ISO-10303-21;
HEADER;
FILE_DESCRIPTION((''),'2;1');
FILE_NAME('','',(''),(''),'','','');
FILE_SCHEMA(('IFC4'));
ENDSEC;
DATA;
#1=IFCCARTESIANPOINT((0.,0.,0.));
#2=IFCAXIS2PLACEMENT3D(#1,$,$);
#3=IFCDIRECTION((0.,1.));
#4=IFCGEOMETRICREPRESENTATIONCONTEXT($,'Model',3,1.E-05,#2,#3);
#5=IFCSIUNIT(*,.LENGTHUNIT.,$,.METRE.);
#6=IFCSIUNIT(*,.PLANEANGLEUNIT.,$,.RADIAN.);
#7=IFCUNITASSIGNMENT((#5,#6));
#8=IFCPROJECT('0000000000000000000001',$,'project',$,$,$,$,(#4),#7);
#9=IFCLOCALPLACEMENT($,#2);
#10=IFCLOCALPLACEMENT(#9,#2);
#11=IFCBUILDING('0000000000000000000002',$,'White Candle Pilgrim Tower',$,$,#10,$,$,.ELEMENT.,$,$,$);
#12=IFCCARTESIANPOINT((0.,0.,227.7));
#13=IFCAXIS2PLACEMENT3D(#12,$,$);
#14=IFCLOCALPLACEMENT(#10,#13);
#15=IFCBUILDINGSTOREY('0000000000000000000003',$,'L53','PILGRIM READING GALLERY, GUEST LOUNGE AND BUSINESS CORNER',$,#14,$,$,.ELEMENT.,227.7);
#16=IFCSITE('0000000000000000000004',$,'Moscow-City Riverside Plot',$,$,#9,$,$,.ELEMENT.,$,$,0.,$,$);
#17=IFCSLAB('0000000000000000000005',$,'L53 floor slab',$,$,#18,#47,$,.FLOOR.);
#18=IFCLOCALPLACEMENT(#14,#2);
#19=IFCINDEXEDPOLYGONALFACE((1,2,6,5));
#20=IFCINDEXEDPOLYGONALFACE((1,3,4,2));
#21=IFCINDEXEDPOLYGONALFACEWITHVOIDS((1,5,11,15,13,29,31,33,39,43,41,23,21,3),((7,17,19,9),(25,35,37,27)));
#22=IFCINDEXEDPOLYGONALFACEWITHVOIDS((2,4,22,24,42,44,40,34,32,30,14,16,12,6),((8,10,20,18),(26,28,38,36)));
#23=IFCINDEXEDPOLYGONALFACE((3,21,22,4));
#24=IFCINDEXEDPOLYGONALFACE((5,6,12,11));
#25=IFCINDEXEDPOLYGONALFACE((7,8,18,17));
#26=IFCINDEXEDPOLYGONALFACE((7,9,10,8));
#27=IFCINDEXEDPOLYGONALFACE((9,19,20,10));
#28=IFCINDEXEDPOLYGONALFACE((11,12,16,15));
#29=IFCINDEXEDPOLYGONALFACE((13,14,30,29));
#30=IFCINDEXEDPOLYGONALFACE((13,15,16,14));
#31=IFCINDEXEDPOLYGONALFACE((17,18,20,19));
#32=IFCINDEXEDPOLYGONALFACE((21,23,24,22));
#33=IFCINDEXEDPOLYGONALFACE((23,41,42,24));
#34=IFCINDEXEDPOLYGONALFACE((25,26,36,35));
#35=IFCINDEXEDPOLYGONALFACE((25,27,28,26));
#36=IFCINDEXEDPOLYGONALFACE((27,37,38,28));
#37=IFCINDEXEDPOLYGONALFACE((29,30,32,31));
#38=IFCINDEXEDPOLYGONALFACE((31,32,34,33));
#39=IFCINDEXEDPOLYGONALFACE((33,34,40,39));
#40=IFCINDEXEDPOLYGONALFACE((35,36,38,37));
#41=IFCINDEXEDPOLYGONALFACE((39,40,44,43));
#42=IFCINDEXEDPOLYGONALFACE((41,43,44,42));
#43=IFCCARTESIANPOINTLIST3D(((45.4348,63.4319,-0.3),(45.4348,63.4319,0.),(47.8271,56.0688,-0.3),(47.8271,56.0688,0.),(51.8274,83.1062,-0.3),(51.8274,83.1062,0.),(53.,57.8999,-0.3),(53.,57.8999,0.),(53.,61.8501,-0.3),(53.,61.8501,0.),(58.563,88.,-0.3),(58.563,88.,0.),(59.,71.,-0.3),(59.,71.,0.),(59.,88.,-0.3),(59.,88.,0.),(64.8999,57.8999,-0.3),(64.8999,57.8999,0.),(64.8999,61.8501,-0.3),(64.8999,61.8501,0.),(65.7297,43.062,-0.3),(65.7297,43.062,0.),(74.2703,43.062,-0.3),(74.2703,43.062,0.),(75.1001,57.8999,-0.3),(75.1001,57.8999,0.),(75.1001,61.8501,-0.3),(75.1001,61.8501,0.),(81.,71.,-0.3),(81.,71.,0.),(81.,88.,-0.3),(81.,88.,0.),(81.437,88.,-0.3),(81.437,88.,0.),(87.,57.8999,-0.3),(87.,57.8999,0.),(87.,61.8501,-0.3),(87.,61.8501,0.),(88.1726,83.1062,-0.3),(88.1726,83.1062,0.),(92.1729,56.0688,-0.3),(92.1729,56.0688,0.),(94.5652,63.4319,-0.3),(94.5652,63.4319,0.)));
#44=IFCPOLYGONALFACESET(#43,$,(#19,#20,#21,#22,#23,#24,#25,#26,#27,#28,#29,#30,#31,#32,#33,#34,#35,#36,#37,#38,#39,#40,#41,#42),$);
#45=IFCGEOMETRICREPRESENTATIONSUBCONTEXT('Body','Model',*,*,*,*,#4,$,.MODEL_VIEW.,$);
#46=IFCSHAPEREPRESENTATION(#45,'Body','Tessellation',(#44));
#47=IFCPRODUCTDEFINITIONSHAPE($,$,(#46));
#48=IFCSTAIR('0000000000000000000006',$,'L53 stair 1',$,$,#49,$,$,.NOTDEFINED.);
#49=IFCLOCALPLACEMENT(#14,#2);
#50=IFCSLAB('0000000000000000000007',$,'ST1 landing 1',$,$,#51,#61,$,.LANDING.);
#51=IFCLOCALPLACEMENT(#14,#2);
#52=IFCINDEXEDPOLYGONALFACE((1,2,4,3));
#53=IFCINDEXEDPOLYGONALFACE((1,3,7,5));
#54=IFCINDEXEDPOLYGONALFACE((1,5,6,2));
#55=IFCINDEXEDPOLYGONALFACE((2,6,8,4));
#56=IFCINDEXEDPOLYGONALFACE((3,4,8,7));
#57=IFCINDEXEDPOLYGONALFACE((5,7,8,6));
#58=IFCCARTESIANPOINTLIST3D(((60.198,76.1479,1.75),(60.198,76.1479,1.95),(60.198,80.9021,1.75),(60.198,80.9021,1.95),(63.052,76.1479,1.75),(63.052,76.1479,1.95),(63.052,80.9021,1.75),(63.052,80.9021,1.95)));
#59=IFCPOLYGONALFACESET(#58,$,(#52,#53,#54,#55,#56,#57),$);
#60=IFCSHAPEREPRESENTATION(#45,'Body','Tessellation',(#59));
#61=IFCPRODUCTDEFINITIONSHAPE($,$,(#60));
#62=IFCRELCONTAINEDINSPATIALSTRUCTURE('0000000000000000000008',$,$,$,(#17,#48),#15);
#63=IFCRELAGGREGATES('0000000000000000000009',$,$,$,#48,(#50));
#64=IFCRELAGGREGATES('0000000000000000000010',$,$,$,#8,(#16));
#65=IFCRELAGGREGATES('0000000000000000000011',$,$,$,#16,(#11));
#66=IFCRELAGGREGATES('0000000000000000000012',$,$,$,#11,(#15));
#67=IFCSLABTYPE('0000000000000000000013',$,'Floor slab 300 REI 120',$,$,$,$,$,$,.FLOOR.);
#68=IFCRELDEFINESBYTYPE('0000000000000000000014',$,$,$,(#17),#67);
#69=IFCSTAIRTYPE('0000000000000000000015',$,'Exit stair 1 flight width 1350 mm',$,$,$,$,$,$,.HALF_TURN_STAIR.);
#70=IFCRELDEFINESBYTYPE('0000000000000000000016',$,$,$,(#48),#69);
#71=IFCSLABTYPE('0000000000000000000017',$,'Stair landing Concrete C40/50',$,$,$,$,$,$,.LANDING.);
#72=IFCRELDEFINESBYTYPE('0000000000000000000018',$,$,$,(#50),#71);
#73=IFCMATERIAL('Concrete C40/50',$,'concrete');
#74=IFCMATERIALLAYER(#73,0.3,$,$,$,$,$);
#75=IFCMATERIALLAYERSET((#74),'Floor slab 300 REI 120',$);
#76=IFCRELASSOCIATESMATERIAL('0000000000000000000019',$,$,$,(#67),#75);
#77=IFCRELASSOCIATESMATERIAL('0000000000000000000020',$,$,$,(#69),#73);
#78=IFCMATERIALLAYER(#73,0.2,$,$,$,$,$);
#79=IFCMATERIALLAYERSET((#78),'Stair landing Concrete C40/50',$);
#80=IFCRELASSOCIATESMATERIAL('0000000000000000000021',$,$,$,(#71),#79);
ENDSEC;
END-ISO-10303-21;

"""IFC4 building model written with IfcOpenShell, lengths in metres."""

from ifc_helpers import new_model, si_unit, direction, frame, origin, place, context, subcontext, project, spatial, polyline, outline, extrude, material, layer, layer_set, type_object, element, aggregate, save


model = new_model("IFC4")

# Units and contexts
model_context = context("Model", 3, precision=1e-05, world=origin(), true_north=direction((0.0, 1.0)))
body_context = subcontext(model_context, "Body", "Model", "MODEL_VIEW")
ifc_project = project(units=[si_unit("LENGTHUNIT", "METRE"), si_unit("PLANEANGLEUNIT", "RADIAN")], contexts=[model_context])

# Site, building, storey
site_placement = place(None, origin())
site = spatial("IfcSite", under=ifc_project, at=site_placement, Name="Moscow-City Riverside Plot", CompositionType="ELEMENT", RefElevation=0.0)
building_placement = place(site_placement, origin())
building = spatial("IfcBuilding", under=site, at=building_placement, Name="White Candle Pilgrim Tower", CompositionType="ELEMENT")
storey_placement = place(building_placement, frame((0.0, 0.0, 227.7)))
storey = spatial("IfcBuildingStorey", under=building, at=storey_placement, Name="L53", Description="PILGRIM READING GALLERY, GUEST LOUNGE AND BUSINESS CORNER", CompositionType="ELEMENT", Elevation=227.7)

# Slab
ifc_material = material(Name="Concrete C40/50", Category="concrete")
ifc_layer_1 = layer(ifc_material, 0.3)
ifc_layer_set_1 = layer_set([ifc_layer_1], Name="Floor slab 300 REI 120")
slab_type_1 = type_object("IfcSlabType", Name="Floor slab 300 REI 120", PredefinedType="FLOOR", material=ifc_layer_set_1)
slab_1_placement = place(storey_placement, frame((0.0, 0.0, -0.3)))
element("IfcSlab", 1, at=slab_1_placement, inside=storey, type_object=slab_type_1, Name="L53 floor slab", PredefinedType="FLOOR", context=body_context, shape_type="SweptSolid", body=[
    extrude(outline(polyline([(65.7297, 43.062), (74.2703, 43.062), (92.1729, 56.0688), (94.5652, 63.4319), (88.1726, 83.1062), (81.437, 88.0), (81.0, 88.0), (81.0, 71.0), (59.0, 71.0), (59.0, 88.0), (58.563, 88.0), (51.8274, 83.1062), (45.4348, 63.4319), (47.8271, 56.0688), (65.7297, 43.062)]), holes=[polyline([(53.0, 57.8999), (53.0, 61.8501), (64.8999, 61.8501), (64.8999, 57.8999), (53.0, 57.8999)]), polyline([(75.1001, 57.8999), (75.1001, 61.8501), (87.0, 61.8501), (87.0, 57.8999), (75.1001, 57.8999)])]), origin(), (0.0, 0.0, 1.0), 0.3),
])

# Stair, slab
stair_type = type_object("IfcStairType", Name="Exit stair 1 flight width 1350 mm", PredefinedType="HALF_TURN_STAIR", material=ifc_material)
stair_placement = place(storey_placement, origin())
stair = element("IfcStair", 2, at=stair_placement, inside=storey, type_object=stair_type, Name="L53 stair 1", PredefinedType="NOTDEFINED")
ifc_layer_2 = layer(ifc_material, 0.2)
ifc_layer_set_2 = layer_set([ifc_layer_2], Name="Stair landing Concrete C40/50")
slab_type_2 = type_object("IfcSlabType", Name="Stair landing Concrete C40/50", PredefinedType="LANDING", material=ifc_layer_set_2)
slab_2_placement = place(storey_placement, frame((0.0, 0.0, 1.75)))
slab_2 = element("IfcSlab", 3, at=slab_2_placement, type_object=slab_type_2, Name="ST1 landing 1", PredefinedType="LANDING", context=body_context, shape_type="SweptSolid", body=[
    extrude(outline(polyline([(63.052, 76.1479), (60.198, 76.1479), (60.198, 80.9021), (63.052, 80.9021), (63.052, 76.1479)])), origin(), (0.0, 0.0, 1.0), 0.2),
])
aggregate(stair, [slab_2])

save(model, "model.ifc")
